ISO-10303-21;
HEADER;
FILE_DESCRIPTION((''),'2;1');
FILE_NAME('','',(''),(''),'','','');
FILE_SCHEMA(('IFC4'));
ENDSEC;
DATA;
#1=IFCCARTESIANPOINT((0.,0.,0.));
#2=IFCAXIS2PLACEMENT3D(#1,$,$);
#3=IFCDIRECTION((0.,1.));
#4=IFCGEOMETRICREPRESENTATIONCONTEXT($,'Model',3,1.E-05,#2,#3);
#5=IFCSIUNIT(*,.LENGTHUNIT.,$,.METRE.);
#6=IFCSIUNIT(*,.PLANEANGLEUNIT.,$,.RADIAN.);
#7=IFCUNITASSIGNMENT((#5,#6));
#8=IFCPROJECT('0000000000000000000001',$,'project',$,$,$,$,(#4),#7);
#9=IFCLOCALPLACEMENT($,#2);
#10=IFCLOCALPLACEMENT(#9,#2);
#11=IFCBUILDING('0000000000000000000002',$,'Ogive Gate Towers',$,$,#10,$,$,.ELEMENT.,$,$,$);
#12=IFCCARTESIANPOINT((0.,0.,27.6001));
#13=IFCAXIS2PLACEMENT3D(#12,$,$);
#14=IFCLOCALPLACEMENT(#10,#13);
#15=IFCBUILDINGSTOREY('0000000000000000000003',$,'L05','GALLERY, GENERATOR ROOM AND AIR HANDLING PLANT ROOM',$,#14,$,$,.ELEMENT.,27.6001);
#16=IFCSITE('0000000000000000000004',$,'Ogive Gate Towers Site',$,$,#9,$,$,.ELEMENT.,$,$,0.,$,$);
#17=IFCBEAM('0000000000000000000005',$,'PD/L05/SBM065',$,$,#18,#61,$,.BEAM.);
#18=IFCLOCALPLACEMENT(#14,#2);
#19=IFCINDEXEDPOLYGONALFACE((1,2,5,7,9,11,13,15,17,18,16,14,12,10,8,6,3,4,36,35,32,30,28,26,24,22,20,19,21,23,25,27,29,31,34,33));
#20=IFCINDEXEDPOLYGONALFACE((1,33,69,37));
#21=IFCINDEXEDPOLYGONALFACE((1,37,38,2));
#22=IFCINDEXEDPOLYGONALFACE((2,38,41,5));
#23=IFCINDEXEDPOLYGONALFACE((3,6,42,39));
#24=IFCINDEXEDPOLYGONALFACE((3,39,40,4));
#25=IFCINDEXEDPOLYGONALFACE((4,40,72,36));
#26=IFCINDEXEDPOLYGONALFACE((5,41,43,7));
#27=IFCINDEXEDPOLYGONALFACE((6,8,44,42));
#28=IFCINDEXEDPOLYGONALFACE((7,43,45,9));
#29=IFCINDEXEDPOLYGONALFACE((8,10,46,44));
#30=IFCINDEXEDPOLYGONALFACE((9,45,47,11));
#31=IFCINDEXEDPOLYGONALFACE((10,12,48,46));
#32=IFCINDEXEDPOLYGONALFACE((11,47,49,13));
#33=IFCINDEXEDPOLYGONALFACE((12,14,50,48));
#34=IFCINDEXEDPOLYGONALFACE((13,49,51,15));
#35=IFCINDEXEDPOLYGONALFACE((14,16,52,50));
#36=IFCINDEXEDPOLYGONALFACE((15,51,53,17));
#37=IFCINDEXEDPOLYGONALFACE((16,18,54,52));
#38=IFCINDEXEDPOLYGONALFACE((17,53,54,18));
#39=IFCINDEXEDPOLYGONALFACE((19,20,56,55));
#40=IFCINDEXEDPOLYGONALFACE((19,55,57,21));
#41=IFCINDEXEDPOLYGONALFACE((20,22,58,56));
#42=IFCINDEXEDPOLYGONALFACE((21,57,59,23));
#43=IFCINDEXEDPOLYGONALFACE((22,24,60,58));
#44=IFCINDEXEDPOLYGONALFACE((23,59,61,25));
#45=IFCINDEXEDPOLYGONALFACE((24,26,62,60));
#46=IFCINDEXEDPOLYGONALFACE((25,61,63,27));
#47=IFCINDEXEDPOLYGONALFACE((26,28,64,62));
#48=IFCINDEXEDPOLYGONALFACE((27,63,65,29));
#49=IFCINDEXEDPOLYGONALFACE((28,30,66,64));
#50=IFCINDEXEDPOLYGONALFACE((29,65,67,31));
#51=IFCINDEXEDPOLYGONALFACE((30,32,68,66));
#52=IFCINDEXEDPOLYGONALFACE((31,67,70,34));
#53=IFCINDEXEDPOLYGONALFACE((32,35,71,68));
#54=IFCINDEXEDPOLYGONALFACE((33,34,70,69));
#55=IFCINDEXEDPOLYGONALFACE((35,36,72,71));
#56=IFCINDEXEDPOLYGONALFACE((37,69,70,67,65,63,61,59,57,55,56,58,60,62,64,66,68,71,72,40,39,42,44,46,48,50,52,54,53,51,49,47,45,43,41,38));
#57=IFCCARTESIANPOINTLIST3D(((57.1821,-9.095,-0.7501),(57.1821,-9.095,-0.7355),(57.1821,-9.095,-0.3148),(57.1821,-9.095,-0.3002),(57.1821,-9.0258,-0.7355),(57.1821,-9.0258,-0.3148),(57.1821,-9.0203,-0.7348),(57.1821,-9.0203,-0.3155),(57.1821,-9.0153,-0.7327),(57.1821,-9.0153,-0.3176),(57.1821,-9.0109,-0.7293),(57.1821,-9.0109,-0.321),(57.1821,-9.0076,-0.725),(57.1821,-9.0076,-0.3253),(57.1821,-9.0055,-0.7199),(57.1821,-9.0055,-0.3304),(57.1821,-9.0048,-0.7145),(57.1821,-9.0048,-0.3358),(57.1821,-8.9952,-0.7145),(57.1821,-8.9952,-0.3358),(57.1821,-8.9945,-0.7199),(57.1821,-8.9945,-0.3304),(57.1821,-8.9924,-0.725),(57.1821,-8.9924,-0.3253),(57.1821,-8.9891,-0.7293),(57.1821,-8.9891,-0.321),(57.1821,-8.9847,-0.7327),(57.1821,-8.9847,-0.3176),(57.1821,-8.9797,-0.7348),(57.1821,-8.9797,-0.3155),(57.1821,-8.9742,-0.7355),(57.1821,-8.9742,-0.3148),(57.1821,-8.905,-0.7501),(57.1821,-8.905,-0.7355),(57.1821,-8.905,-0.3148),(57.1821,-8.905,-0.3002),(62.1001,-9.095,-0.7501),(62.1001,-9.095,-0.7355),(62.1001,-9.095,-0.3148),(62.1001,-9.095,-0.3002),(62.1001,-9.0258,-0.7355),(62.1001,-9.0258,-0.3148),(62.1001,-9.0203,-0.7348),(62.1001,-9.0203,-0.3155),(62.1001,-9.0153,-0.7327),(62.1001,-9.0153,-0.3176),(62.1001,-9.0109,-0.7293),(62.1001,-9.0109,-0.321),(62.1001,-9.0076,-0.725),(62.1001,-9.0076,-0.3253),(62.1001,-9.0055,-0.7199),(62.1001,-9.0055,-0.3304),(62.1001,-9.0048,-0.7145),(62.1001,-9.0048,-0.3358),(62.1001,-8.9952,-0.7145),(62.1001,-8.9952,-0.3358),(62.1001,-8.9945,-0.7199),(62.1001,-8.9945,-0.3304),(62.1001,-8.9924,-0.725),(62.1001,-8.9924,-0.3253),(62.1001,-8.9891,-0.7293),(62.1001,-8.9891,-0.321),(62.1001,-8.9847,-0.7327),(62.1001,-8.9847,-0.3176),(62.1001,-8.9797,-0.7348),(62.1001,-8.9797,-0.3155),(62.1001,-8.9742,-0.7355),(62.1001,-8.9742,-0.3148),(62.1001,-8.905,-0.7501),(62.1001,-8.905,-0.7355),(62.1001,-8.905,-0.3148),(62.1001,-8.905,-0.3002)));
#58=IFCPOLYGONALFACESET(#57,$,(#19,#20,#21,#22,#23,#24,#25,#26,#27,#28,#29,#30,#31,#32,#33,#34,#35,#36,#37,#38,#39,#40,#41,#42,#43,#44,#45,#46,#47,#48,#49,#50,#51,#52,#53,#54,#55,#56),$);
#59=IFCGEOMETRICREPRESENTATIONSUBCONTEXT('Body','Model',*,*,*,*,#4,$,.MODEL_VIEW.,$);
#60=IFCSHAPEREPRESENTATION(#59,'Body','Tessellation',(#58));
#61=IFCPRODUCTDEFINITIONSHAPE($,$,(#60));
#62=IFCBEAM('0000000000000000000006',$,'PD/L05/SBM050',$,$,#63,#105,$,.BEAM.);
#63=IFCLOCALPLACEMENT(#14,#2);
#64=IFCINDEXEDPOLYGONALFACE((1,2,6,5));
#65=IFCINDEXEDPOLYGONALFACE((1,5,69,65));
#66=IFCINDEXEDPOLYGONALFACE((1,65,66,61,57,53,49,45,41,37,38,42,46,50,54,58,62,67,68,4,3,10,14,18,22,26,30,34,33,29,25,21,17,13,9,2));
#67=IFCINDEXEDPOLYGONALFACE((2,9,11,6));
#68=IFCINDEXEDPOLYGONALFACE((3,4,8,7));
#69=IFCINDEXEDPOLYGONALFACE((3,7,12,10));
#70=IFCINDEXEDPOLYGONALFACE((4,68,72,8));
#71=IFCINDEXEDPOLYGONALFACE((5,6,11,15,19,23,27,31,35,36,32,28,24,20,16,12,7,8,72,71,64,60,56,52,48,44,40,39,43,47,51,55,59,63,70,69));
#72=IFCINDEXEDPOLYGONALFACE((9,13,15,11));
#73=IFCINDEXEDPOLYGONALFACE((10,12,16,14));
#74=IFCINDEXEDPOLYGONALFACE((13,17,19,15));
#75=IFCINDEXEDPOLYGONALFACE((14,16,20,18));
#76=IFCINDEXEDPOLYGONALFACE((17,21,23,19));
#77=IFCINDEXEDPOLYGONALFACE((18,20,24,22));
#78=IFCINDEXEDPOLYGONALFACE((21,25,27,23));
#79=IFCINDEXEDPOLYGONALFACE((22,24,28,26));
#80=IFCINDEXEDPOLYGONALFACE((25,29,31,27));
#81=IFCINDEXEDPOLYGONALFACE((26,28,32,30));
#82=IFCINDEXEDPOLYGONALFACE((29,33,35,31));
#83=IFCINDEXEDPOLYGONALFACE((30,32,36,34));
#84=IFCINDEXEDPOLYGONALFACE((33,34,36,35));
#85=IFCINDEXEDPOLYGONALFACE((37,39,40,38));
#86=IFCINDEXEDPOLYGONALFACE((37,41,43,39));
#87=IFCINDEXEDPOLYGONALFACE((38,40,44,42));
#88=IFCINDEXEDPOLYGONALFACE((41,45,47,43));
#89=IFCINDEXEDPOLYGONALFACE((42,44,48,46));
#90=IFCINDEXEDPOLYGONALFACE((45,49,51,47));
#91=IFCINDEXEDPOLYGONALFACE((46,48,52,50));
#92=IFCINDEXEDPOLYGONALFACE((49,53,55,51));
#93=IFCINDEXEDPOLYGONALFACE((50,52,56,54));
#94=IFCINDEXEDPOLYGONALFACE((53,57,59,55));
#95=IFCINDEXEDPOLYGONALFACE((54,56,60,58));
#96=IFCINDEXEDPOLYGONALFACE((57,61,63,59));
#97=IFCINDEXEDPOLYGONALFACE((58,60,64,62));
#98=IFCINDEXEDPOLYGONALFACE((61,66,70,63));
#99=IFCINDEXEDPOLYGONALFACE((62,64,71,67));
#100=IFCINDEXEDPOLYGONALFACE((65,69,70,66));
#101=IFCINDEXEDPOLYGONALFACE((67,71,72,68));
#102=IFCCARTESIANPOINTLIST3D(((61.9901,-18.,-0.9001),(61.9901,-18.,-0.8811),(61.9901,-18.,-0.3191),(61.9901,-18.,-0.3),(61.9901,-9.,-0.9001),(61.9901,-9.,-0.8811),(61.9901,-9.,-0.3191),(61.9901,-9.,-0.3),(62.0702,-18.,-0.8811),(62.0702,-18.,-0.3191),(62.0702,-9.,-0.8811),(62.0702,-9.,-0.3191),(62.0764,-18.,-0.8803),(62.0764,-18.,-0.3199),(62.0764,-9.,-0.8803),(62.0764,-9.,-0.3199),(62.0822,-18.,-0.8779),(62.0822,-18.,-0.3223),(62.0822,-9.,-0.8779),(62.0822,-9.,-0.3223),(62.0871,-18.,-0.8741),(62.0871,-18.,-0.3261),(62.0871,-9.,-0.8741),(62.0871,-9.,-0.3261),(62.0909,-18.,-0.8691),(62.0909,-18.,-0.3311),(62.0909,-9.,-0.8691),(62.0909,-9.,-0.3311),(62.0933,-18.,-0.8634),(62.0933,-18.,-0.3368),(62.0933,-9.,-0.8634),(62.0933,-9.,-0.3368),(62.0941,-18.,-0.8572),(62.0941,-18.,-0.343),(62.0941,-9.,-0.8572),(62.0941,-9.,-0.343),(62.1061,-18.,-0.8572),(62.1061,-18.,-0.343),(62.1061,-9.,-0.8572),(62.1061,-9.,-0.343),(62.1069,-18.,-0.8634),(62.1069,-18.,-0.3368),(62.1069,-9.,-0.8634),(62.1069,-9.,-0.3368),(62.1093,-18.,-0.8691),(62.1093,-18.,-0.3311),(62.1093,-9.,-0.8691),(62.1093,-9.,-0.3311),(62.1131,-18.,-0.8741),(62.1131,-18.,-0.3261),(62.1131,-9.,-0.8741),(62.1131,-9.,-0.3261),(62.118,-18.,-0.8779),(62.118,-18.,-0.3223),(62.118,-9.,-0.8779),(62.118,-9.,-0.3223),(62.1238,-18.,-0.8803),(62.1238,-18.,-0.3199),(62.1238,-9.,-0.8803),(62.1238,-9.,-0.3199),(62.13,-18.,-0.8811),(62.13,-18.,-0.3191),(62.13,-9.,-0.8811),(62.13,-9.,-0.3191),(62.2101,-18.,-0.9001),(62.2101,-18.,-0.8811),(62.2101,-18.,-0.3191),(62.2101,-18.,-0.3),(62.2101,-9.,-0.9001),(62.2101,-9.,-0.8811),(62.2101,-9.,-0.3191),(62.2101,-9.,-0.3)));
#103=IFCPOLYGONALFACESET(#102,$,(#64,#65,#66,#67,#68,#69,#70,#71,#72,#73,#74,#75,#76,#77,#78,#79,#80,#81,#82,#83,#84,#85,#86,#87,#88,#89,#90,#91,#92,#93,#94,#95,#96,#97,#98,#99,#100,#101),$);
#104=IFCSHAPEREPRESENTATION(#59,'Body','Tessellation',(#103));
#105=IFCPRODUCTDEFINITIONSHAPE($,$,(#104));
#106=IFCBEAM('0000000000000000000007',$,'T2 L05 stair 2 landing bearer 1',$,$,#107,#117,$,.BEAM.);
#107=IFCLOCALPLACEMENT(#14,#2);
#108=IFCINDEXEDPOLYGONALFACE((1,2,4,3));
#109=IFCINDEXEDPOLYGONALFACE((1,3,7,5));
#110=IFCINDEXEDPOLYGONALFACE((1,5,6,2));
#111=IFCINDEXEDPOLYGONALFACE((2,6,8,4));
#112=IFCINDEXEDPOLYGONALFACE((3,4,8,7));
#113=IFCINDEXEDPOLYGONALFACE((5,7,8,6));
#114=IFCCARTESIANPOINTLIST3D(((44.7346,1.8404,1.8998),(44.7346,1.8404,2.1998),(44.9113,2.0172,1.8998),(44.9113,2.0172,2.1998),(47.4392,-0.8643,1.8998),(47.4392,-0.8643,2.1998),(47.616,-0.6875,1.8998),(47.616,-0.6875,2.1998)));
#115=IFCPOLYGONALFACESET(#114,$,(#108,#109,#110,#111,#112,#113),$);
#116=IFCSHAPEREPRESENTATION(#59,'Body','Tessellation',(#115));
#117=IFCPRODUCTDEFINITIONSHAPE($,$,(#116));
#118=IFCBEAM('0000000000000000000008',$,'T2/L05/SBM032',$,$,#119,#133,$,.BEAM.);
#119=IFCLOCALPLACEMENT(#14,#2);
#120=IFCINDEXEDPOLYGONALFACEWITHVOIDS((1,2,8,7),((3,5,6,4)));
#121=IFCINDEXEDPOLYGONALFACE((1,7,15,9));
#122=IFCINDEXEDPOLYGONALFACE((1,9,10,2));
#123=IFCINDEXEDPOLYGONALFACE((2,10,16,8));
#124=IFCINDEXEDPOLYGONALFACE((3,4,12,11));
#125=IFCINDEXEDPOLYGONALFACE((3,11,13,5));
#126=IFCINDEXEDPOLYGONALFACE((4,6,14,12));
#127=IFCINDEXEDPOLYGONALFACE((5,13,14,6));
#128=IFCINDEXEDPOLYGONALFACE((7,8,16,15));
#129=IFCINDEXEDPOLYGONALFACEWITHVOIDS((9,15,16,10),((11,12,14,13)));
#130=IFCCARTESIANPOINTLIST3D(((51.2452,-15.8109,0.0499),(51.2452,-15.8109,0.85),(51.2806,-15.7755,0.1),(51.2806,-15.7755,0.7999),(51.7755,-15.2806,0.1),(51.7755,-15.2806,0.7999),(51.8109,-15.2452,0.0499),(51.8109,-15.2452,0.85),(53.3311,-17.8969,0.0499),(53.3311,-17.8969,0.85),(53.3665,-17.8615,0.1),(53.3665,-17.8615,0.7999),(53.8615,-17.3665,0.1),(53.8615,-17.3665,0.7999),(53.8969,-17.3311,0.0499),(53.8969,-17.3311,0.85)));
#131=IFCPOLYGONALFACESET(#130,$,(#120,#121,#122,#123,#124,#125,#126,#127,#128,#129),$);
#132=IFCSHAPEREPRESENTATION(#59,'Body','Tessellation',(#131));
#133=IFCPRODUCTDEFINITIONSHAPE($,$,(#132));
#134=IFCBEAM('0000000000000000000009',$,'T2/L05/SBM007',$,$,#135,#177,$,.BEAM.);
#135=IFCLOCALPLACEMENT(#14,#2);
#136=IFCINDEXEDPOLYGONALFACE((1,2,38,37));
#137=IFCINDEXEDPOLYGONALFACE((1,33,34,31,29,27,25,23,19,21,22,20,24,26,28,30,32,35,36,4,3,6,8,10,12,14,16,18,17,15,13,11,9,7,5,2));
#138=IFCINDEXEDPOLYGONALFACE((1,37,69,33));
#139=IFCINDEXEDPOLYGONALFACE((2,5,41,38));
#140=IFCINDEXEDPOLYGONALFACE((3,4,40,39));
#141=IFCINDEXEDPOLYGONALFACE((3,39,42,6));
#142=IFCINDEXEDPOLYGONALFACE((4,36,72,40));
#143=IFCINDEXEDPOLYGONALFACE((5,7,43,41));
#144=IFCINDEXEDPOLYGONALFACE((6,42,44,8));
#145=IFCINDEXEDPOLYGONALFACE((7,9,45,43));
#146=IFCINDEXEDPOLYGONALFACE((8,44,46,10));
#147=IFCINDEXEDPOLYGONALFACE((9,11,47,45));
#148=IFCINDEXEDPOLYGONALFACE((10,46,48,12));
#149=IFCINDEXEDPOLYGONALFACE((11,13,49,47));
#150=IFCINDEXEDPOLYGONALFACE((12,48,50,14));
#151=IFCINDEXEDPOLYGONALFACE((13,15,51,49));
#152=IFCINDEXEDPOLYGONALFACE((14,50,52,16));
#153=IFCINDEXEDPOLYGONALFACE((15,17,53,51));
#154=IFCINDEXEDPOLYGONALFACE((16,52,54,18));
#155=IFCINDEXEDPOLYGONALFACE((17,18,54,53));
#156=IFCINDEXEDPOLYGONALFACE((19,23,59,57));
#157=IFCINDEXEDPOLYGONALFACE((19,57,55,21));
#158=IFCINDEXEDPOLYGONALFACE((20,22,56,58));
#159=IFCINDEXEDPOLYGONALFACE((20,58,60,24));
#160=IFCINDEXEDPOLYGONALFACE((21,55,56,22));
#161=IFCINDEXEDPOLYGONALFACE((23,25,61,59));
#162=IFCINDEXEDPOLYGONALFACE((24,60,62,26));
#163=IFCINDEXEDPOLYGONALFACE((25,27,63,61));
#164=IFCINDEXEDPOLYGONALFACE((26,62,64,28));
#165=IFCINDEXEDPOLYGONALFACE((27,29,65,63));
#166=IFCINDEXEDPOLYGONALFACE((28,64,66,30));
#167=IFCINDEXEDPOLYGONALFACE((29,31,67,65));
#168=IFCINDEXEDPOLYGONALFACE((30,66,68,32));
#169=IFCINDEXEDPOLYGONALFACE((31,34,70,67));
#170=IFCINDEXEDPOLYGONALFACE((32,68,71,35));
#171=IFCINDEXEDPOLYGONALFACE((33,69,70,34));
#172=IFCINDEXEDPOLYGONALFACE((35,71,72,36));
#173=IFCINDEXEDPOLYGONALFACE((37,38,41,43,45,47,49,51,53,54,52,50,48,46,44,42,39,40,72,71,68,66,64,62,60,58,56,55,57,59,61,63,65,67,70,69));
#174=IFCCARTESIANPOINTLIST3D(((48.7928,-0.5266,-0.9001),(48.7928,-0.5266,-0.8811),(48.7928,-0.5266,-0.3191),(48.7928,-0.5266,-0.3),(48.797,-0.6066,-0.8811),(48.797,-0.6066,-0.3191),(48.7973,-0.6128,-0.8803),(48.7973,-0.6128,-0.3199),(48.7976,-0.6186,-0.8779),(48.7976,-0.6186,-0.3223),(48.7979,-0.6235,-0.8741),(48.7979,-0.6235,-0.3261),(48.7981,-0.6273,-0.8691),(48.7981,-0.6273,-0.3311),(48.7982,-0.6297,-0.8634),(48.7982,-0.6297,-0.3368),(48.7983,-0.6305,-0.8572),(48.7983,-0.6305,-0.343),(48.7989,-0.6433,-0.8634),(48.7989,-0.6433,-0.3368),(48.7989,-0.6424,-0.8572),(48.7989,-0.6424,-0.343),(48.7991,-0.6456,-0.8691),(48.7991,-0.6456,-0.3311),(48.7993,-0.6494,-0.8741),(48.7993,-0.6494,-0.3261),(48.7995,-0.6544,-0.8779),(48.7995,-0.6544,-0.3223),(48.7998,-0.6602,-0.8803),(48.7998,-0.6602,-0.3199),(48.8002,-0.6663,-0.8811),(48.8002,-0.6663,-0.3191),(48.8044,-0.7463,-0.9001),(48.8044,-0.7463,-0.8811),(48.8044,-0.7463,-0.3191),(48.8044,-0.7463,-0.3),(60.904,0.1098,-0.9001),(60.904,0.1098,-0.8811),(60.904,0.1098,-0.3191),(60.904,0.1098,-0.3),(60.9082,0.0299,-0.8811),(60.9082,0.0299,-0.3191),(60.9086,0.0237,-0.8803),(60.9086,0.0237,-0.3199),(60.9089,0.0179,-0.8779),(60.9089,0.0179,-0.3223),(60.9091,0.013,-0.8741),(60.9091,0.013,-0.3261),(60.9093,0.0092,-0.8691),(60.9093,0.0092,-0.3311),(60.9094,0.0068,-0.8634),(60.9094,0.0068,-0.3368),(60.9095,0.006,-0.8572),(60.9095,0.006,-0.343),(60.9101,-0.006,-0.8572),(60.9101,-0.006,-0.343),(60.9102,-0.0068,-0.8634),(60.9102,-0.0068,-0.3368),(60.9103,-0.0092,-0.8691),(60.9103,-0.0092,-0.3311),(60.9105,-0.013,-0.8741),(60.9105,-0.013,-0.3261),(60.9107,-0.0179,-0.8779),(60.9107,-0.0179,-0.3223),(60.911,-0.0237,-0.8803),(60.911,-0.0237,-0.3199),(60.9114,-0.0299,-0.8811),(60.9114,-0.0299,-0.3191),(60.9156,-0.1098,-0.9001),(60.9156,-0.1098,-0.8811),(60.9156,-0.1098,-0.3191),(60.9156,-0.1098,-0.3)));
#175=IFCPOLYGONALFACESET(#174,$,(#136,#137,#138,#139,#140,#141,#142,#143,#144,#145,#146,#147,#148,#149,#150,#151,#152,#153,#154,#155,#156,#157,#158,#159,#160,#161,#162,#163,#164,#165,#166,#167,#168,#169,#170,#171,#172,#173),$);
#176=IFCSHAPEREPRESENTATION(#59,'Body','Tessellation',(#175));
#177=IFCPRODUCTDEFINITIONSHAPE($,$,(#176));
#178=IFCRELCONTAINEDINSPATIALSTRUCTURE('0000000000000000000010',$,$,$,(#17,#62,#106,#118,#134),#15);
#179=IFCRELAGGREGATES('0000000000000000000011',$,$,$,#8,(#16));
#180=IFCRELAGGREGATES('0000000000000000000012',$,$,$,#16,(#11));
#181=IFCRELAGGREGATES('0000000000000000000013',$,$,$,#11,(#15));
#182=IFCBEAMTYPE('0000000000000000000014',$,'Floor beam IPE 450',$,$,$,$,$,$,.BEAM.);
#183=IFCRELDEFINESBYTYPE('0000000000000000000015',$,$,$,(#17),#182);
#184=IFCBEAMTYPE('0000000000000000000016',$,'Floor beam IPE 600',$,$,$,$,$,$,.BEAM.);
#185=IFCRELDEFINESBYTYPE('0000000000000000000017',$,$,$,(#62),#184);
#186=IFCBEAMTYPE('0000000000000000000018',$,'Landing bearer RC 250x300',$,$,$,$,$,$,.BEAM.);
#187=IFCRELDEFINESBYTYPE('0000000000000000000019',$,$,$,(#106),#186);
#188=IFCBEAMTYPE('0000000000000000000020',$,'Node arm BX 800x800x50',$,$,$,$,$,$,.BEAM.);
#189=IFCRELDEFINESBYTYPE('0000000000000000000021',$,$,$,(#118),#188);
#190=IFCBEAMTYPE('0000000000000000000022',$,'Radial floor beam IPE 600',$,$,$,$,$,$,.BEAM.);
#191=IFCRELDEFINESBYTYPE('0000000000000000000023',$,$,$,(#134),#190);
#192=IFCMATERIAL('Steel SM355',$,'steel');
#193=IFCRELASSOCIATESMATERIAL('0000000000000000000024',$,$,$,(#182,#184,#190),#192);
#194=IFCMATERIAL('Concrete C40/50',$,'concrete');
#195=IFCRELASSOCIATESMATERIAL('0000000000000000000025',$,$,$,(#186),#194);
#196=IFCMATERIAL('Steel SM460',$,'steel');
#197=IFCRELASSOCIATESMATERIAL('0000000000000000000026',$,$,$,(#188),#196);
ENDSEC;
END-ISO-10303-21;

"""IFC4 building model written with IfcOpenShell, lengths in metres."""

from ifc_helpers import new_model, si_unit, direction, frame, origin, origin_2d, place, context, subcontext, project, spatial, rectangle, hollow_rectangle, i_section, extrude, material, material_profile, profile_set, type_object, element, save


model = new_model("IFC4")

# Units and contexts
model_context = context("Model", 3, precision=1e-05, world=origin(), true_north=direction((0.0, 1.0)))
body_context = subcontext(model_context, "Body", "Model", "MODEL_VIEW")
ifc_project = project(units=[si_unit("LENGTHUNIT", "METRE"), si_unit("PLANEANGLEUNIT", "RADIAN")], contexts=[model_context])

# Site, building, storey
site_placement = place(None, origin())
site = spatial("IfcSite", under=ifc_project, at=site_placement, Name="Ogive Gate Towers Site", CompositionType="ELEMENT", RefElevation=0.0)
building_placement = place(site_placement, origin())
building = spatial("IfcBuilding", under=site, at=building_placement, Name="Ogive Gate Towers", CompositionType="ELEMENT")
storey_placement = place(building_placement, frame((0.0, 0.0, 27.6001)))
storey = spatial("IfcBuildingStorey", under=building, at=storey_placement, Name="L05", Description="GALLERY, GENERATOR ROOM AND AIR HANDLING PLANT ROOM", CompositionType="ELEMENT", Elevation=27.6001)

# Beams
ifc_material_1 = material(Name="Steel SM355", Category="steel")
ifc_material_profile_1 = material_profile(ifc_material_1, i_section(OverallWidth=0.1899, OverallDepth=0.45, WebThickness=0.0095, FlangeThickness=0.0146, FilletRadius=0.021, at=origin_2d()), Name="IPE 450")
ifc_profile_set_1 = profile_set([ifc_material_profile_1], Name="Steel SM355")
beam_type_1 = type_object("IfcBeamType", Name="Floor beam IPE 450", PredefinedType="BEAM", material=ifc_profile_set_1)
beam_1_placement = place(storey_placement, frame((62.1001, -9.0, -0.5251), z_axis=(-1.0, 0.0, 0.0), x_axis=(0.0, -1.0, 0.0)))
element("IfcBeam", 1, at=beam_1_placement, inside=storey, type_object=beam_type_1, Name="PD/L05/SBM065", PredefinedType="BEAM", context=body_context, shape_type="SweptSolid", body=[
    extrude(i_section(OverallWidth=0.1899, OverallDepth=0.45, WebThickness=0.0095, FlangeThickness=0.0146, FilletRadius=0.021, at=origin_2d()), origin(), (0.0, 0.0, 1.0), 4.918),
])
ifc_material_profile_2 = material_profile(ifc_material_1, i_section(OverallWidth=0.22, OverallDepth=0.6001, WebThickness=0.012, FlangeThickness=0.019, FilletRadius=0.0239, at=origin_2d()), Name="IPE 600")
ifc_profile_set_2 = profile_set([ifc_material_profile_2], Name="Steel SM355")
beam_type_2 = type_object("IfcBeamType", Name="Floor beam IPE 600", PredefinedType="BEAM", material=ifc_profile_set_2)
beam_2_placement = place(storey_placement, frame((62.1001, -9.0, -0.6001), z_axis=(0.0, -1.0, 0.0), x_axis=(1.0, 0.0, 0.0)))
element("IfcBeam", 2, at=beam_2_placement, inside=storey, type_object=beam_type_2, Name="PD/L05/SBM050", PredefinedType="BEAM", context=body_context, shape_type="SweptSolid", body=[
    extrude(i_section(OverallWidth=0.22, OverallDepth=0.6001, WebThickness=0.012, FlangeThickness=0.019, FilletRadius=0.0239, at=origin_2d()), origin(), (0.0, 0.0, 1.0), 9.0),
])
ifc_material_2 = material(Name="Concrete C40/50", Category="concrete")
ifc_material_profile_3 = material_profile(ifc_material_2, rectangle(XDim=0.25, YDim=0.3, at=origin_2d()), Name="RC 250x300")
ifc_profile_set_3 = profile_set([ifc_material_profile_3], Name="Concrete C40/50")
beam_type_3 = type_object("IfcBeamType", Name="Landing bearer RC 250x300", PredefinedType="BEAM", material=ifc_profile_set_3)
beam_3_placement = place(storey_placement, frame((47.5276, -0.7759, 2.0498), z_axis=(-0.707107, 0.707107, 0.0), x_axis=(-0.707107, -0.707107, 0.0)))
element("IfcBeam", 3, at=beam_3_placement, inside=storey, type_object=beam_type_3, Name="T2 L05 stair 2 landing bearer 1", PredefinedType="BEAM", context=body_context, shape_type="SweptSolid", body=[
    extrude(rectangle(XDim=0.25, YDim=0.3, at=origin_2d()), origin(), (0.0, 0.0, 1.0), 3.825),
])
ifc_material_3 = material(Name="Steel SM460", Category="steel")
ifc_material_profile_4 = material_profile(ifc_material_3, hollow_rectangle(XDim=0.8, YDim=0.8, WallThickness=0.05, at=origin_2d()), Name="BX 800x800x50")
ifc_profile_set_4 = profile_set([ifc_material_profile_4], Name="Steel SM460")
beam_type_4 = type_object("IfcBeamType", Name="Node arm BX 800x800x50", PredefinedType="BEAM", material=ifc_profile_set_4)
beam_4_placement = place(storey_placement, frame((51.5281, -15.5281, 0.45), z_axis=(0.707107, -0.707107, 0.0), x_axis=(0.707107, 0.707107, 0.0)))
element("IfcBeam", 4, at=beam_4_placement, inside=storey, type_object=beam_type_4, Name="T2/L05/SBM032", PredefinedType="BEAM", context=body_context, shape_type="SweptSolid", body=[
    extrude(hollow_rectangle(XDim=0.8, YDim=0.8, WallThickness=0.05, at=origin_2d()), origin(), (0.0, 0.0, 1.0), 2.95),
])
ifc_material_profile_5 = material_profile(ifc_material_1, i_section(OverallWidth=0.22, OverallDepth=0.6001, WebThickness=0.012, FlangeThickness=0.019, FilletRadius=0.0239, at=origin_2d()), Name="IPE 600")
ifc_profile_set_5 = profile_set([ifc_material_profile_5], Name="Steel SM355")
beam_type_5 = type_object("IfcBeamType", Name="Radial floor beam IPE 600", PredefinedType="BEAM", material=ifc_profile_set_5)
beam_5_placement = place(storey_placement, frame((48.7986, -0.6365, -0.6001), z_axis=(0.998622, 0.05248, 0.0), x_axis=(-0.05248, 0.998622, 0.0)))
element("IfcBeam", 5, at=beam_5_placement, inside=storey, type_object=beam_type_5, Name="T2/L05/SBM007", PredefinedType="BEAM", context=body_context, shape_type="SweptSolid", body=[
    extrude(i_section(OverallWidth=0.22, OverallDepth=0.6001, WebThickness=0.012, FlangeThickness=0.019, FilletRadius=0.0239, at=origin_2d()), origin(), (0.0, 0.0, 1.0), 12.1279),
])

save(model, "model.ifc")
